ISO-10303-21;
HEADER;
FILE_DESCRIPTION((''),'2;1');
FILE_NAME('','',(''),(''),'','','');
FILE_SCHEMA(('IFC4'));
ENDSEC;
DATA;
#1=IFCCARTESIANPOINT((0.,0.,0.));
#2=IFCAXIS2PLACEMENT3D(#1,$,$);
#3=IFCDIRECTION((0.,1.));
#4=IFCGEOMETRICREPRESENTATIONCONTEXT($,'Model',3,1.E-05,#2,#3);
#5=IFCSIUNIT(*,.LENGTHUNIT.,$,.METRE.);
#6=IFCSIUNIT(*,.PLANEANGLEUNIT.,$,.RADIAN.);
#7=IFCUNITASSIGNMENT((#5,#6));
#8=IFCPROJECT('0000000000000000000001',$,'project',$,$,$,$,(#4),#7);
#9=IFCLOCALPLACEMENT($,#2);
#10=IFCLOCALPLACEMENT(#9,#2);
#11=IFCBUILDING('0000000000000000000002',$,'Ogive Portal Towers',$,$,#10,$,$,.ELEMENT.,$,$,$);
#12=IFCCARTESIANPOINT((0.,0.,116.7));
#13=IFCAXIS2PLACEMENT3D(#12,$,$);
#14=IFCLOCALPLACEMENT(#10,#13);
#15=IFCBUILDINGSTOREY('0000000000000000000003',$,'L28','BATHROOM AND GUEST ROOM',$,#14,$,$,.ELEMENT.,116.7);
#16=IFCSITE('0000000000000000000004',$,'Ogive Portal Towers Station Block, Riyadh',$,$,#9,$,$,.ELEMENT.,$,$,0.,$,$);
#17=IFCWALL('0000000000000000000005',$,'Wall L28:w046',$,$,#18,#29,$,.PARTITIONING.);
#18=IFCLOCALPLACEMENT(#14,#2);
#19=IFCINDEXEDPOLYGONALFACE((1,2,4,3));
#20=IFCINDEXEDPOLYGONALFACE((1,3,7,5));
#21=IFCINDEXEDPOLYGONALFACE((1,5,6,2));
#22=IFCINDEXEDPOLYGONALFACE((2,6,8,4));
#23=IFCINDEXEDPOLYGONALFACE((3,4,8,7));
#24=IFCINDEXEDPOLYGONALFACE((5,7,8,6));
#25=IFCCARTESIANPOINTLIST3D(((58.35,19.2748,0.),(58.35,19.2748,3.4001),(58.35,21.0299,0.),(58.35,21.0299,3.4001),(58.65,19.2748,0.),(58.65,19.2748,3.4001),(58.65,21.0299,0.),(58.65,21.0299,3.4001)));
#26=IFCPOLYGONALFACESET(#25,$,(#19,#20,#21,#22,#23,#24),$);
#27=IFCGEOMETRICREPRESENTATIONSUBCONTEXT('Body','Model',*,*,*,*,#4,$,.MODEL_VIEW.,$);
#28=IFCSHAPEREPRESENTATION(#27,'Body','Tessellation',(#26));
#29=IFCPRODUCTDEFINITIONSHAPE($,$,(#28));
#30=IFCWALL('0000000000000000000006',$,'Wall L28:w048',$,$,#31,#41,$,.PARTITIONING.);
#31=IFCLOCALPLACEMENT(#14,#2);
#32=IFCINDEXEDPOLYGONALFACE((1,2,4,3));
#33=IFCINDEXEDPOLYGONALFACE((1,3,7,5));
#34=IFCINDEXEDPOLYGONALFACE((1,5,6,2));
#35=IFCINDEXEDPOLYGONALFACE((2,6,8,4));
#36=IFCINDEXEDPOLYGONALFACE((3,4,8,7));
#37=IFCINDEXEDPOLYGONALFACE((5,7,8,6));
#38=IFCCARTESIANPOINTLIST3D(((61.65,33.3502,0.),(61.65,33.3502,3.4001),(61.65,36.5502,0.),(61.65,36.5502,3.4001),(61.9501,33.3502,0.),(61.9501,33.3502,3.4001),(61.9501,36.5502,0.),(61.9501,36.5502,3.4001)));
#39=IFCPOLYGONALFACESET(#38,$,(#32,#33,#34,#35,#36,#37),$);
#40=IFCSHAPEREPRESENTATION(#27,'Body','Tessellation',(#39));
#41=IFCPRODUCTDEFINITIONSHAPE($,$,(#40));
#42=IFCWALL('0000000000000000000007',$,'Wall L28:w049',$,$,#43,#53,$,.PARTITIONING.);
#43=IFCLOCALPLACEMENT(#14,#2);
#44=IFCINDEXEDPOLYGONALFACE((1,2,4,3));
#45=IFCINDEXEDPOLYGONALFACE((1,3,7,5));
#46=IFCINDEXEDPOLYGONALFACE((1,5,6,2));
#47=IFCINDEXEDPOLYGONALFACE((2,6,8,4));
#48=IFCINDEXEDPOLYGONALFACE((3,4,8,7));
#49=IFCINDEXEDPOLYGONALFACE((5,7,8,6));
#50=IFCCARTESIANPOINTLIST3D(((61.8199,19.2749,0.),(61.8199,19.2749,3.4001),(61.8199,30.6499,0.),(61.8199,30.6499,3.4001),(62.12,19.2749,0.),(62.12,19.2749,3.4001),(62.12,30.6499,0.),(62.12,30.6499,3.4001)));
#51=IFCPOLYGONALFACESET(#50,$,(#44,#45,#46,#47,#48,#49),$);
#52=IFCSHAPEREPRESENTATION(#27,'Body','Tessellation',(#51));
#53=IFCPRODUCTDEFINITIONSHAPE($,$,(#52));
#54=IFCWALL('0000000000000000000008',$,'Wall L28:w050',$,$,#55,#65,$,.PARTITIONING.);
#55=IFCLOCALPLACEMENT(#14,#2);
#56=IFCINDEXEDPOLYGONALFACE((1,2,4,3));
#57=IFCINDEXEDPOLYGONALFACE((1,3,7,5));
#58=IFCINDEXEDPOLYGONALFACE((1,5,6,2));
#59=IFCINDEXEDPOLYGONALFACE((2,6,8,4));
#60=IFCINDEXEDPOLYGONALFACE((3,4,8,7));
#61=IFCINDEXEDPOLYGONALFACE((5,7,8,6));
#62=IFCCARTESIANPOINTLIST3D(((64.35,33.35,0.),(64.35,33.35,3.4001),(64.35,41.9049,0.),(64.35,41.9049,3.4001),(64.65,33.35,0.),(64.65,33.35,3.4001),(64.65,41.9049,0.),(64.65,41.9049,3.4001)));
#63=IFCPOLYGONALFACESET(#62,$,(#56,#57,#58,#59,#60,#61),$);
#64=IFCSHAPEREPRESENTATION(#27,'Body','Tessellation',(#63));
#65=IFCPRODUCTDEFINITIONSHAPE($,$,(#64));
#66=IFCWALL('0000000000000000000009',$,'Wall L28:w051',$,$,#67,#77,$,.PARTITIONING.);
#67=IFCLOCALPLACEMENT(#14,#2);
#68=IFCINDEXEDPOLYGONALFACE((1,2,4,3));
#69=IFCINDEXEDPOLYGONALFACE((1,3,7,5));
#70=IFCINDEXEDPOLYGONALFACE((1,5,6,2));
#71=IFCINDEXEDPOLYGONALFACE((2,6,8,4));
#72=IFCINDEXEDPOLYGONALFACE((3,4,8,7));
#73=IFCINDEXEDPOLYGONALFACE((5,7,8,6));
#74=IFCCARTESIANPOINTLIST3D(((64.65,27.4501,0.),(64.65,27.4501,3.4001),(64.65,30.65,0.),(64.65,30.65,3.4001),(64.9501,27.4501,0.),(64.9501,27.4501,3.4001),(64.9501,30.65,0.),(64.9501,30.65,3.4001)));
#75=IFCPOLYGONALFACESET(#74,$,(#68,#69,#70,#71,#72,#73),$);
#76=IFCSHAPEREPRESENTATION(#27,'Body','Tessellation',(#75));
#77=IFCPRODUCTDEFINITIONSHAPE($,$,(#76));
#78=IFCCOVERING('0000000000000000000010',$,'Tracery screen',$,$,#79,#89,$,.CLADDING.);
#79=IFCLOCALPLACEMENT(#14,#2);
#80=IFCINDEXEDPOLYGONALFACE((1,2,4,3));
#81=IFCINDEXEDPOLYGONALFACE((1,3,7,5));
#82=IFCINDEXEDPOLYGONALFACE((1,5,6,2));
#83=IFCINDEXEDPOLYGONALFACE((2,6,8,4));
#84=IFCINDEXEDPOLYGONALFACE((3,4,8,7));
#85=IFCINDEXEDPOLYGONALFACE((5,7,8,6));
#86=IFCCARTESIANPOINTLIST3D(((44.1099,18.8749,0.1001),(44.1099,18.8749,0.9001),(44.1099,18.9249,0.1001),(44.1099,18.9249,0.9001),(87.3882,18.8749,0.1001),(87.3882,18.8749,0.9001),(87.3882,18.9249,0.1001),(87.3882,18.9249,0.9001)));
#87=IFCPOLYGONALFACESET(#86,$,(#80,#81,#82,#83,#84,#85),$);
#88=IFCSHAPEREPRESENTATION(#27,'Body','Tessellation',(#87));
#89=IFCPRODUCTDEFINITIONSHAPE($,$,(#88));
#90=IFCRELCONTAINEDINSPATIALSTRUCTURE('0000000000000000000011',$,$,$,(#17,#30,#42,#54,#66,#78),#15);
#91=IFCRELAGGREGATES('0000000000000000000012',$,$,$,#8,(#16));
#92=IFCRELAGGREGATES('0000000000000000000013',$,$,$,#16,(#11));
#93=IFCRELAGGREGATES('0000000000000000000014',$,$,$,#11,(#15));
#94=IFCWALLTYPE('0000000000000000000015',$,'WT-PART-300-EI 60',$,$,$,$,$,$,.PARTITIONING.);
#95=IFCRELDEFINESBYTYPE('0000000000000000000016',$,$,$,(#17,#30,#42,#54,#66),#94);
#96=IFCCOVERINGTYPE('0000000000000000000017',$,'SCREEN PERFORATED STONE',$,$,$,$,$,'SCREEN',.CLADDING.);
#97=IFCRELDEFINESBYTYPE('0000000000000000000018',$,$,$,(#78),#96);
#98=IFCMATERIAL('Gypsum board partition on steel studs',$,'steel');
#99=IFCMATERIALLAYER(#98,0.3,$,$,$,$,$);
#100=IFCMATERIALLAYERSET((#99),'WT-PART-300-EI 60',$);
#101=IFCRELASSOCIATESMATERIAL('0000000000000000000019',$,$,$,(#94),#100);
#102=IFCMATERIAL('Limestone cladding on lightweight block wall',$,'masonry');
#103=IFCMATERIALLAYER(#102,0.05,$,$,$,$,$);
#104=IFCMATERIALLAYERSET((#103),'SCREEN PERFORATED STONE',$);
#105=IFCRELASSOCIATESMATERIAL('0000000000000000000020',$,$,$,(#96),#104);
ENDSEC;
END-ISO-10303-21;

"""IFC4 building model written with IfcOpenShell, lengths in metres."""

from ifc_helpers import new_model, si_unit, direction, frame, frame_2d, origin, origin_2d, place, context, subcontext, project, spatial, rectangle, extrude, material, layer, layer_set, type_object, element, save


model = new_model("IFC4")

# Units and contexts
model_context = context("Model", 3, precision=1e-05, world=origin(), true_north=direction((0.0, 1.0)))
body_context = subcontext(model_context, "Body", "Model", "MODEL_VIEW")
ifc_project = project(units=[si_unit("LENGTHUNIT", "METRE"), si_unit("PLANEANGLEUNIT", "RADIAN")], contexts=[model_context])

# Site, building, storey
site_placement = place(None, origin())
site = spatial("IfcSite", under=ifc_project, at=site_placement, Name="Ogive Portal Towers Station Block, Riyadh", CompositionType="ELEMENT", RefElevation=0.0)
building_placement = place(site_placement, origin())
building = spatial("IfcBuilding", under=site, at=building_placement, Name="Ogive Portal Towers", CompositionType="ELEMENT")
storey_placement = place(building_placement, frame((0.0, 0.0, 116.7)))
storey = spatial("IfcBuildingStorey", under=building, at=storey_placement, Name="L28", Description="BATHROOM AND GUEST ROOM", CompositionType="ELEMENT", Elevation=116.7)

# Shared definitions
ifc_material_1 = material(Name="Gypsum board partition on steel studs", Category="steel")

# Shared definitions
ifc_layer_1 = layer(ifc_material_1, 0.3)
ifc_layer_set_1 = layer_set([ifc_layer_1], Name="WT-PART-300-EI 60")
wall_type_1 = type_object("IfcWallType", Name="WT-PART-300-EI 60", PredefinedType="PARTITIONING", material=ifc_layer_set_1)

# Walls
wall_1_placement = place(storey_placement, frame((58.5, 19.2749, 0.0), z_axis=(0.0, 0.0, 1.0), x_axis=(0.0, 1.0, 0.0)))
element("IfcWall", 1, at=wall_1_placement, inside=storey, type_object=wall_type_1, Name="Wall L28:w046", PredefinedType="PARTITIONING", context=body_context, shape_type="SweptSolid", body=[
    extrude(rectangle(XDim=1.7551, YDim=0.3, at=frame_2d((0.8774, 0.0))), origin(), (0.0, 0.0, 1.0), 3.4001),
])
wall_2_placement = place(storey_placement, frame((61.8, 33.3501, 0.0), z_axis=(0.0, 0.0, 1.0), x_axis=(0.0, 1.0, 0.0)))
element("IfcWall", 2, at=wall_2_placement, inside=storey, type_object=wall_type_1, Name="Wall L28:w048", PredefinedType="PARTITIONING", context=body_context, shape_type="SweptSolid", body=[
    extrude(rectangle(XDim=3.2, YDim=0.3, at=frame_2d((1.6001, 0.0))), origin(), (0.0, 0.0, 1.0), 3.4001),
])
wall_3_placement = place(storey_placement, frame((61.97, 19.2749, 0.0), z_axis=(0.0, 0.0, 1.0), x_axis=(0.0, 1.0, 0.0)))
element("IfcWall", 3, at=wall_3_placement, inside=storey, type_object=wall_type_1, Name="Wall L28:w049", PredefinedType="PARTITIONING", context=body_context, shape_type="SweptSolid", body=[
    extrude(rectangle(XDim=11.375, YDim=0.3, at=frame_2d((5.6875, 0.0))), origin(), (0.0, 0.0, 1.0), 3.4001),
])
wall_4_placement = place(storey_placement, frame((64.5, 33.3501, 0.0), z_axis=(0.0, 0.0, 1.0), x_axis=(0.0, 1.0, 0.0)))
element("IfcWall", 4, at=wall_4_placement, inside=storey, type_object=wall_type_1, Name="Wall L28:w050", PredefinedType="PARTITIONING", context=body_context, shape_type="SweptSolid", body=[
    extrude(rectangle(XDim=8.5549, YDim=0.3, at=frame_2d((4.2773, 0.0))), origin(), (0.0, 0.0, 1.0), 3.4001),
])
wall_5_placement = place(storey_placement, frame((64.8, 27.45, 0.0), z_axis=(0.0, 0.0, 1.0), x_axis=(0.0, 1.0, 0.0)))
element("IfcWall", 5, at=wall_5_placement, inside=storey, type_object=wall_type_1, Name="Wall L28:w051", PredefinedType="PARTITIONING", context=body_context, shape_type="SweptSolid", body=[
    extrude(rectangle(XDim=3.2, YDim=0.3, at=frame_2d((1.6001, 0.0))), origin(), (0.0, 0.0, 1.0), 3.4001),
])

# Covering
ifc_material_2 = material(Name="Limestone cladding on lightweight block wall", Category="masonry")
ifc_layer_2 = layer(ifc_material_2, 0.05)
ifc_layer_set_2 = layer_set([ifc_layer_2], Name="SCREEN PERFORATED STONE")
covering_type = type_object("IfcCoveringType", Name="SCREEN PERFORATED STONE", ElementType="SCREEN", PredefinedType="CLADDING", material=ifc_layer_set_2)
covering_placement = place(storey_placement, frame((65.749, 18.8999, 0.1001), z_axis=(0.0, 0.0, 1.0), x_axis=(1.0, 0.0, 0.0)))
element("IfcCovering", 6, at=covering_placement, inside=storey, type_object=covering_type, Name="Tracery screen", PredefinedType="CLADDING", context=body_context, shape_type="SweptSolid", body=[
    extrude(rectangle(XDim=43.2783, YDim=0.05, at=origin_2d()), origin(), (0.0, 0.0, 1.0), 0.8),
])

save(model, "model.ifc")
